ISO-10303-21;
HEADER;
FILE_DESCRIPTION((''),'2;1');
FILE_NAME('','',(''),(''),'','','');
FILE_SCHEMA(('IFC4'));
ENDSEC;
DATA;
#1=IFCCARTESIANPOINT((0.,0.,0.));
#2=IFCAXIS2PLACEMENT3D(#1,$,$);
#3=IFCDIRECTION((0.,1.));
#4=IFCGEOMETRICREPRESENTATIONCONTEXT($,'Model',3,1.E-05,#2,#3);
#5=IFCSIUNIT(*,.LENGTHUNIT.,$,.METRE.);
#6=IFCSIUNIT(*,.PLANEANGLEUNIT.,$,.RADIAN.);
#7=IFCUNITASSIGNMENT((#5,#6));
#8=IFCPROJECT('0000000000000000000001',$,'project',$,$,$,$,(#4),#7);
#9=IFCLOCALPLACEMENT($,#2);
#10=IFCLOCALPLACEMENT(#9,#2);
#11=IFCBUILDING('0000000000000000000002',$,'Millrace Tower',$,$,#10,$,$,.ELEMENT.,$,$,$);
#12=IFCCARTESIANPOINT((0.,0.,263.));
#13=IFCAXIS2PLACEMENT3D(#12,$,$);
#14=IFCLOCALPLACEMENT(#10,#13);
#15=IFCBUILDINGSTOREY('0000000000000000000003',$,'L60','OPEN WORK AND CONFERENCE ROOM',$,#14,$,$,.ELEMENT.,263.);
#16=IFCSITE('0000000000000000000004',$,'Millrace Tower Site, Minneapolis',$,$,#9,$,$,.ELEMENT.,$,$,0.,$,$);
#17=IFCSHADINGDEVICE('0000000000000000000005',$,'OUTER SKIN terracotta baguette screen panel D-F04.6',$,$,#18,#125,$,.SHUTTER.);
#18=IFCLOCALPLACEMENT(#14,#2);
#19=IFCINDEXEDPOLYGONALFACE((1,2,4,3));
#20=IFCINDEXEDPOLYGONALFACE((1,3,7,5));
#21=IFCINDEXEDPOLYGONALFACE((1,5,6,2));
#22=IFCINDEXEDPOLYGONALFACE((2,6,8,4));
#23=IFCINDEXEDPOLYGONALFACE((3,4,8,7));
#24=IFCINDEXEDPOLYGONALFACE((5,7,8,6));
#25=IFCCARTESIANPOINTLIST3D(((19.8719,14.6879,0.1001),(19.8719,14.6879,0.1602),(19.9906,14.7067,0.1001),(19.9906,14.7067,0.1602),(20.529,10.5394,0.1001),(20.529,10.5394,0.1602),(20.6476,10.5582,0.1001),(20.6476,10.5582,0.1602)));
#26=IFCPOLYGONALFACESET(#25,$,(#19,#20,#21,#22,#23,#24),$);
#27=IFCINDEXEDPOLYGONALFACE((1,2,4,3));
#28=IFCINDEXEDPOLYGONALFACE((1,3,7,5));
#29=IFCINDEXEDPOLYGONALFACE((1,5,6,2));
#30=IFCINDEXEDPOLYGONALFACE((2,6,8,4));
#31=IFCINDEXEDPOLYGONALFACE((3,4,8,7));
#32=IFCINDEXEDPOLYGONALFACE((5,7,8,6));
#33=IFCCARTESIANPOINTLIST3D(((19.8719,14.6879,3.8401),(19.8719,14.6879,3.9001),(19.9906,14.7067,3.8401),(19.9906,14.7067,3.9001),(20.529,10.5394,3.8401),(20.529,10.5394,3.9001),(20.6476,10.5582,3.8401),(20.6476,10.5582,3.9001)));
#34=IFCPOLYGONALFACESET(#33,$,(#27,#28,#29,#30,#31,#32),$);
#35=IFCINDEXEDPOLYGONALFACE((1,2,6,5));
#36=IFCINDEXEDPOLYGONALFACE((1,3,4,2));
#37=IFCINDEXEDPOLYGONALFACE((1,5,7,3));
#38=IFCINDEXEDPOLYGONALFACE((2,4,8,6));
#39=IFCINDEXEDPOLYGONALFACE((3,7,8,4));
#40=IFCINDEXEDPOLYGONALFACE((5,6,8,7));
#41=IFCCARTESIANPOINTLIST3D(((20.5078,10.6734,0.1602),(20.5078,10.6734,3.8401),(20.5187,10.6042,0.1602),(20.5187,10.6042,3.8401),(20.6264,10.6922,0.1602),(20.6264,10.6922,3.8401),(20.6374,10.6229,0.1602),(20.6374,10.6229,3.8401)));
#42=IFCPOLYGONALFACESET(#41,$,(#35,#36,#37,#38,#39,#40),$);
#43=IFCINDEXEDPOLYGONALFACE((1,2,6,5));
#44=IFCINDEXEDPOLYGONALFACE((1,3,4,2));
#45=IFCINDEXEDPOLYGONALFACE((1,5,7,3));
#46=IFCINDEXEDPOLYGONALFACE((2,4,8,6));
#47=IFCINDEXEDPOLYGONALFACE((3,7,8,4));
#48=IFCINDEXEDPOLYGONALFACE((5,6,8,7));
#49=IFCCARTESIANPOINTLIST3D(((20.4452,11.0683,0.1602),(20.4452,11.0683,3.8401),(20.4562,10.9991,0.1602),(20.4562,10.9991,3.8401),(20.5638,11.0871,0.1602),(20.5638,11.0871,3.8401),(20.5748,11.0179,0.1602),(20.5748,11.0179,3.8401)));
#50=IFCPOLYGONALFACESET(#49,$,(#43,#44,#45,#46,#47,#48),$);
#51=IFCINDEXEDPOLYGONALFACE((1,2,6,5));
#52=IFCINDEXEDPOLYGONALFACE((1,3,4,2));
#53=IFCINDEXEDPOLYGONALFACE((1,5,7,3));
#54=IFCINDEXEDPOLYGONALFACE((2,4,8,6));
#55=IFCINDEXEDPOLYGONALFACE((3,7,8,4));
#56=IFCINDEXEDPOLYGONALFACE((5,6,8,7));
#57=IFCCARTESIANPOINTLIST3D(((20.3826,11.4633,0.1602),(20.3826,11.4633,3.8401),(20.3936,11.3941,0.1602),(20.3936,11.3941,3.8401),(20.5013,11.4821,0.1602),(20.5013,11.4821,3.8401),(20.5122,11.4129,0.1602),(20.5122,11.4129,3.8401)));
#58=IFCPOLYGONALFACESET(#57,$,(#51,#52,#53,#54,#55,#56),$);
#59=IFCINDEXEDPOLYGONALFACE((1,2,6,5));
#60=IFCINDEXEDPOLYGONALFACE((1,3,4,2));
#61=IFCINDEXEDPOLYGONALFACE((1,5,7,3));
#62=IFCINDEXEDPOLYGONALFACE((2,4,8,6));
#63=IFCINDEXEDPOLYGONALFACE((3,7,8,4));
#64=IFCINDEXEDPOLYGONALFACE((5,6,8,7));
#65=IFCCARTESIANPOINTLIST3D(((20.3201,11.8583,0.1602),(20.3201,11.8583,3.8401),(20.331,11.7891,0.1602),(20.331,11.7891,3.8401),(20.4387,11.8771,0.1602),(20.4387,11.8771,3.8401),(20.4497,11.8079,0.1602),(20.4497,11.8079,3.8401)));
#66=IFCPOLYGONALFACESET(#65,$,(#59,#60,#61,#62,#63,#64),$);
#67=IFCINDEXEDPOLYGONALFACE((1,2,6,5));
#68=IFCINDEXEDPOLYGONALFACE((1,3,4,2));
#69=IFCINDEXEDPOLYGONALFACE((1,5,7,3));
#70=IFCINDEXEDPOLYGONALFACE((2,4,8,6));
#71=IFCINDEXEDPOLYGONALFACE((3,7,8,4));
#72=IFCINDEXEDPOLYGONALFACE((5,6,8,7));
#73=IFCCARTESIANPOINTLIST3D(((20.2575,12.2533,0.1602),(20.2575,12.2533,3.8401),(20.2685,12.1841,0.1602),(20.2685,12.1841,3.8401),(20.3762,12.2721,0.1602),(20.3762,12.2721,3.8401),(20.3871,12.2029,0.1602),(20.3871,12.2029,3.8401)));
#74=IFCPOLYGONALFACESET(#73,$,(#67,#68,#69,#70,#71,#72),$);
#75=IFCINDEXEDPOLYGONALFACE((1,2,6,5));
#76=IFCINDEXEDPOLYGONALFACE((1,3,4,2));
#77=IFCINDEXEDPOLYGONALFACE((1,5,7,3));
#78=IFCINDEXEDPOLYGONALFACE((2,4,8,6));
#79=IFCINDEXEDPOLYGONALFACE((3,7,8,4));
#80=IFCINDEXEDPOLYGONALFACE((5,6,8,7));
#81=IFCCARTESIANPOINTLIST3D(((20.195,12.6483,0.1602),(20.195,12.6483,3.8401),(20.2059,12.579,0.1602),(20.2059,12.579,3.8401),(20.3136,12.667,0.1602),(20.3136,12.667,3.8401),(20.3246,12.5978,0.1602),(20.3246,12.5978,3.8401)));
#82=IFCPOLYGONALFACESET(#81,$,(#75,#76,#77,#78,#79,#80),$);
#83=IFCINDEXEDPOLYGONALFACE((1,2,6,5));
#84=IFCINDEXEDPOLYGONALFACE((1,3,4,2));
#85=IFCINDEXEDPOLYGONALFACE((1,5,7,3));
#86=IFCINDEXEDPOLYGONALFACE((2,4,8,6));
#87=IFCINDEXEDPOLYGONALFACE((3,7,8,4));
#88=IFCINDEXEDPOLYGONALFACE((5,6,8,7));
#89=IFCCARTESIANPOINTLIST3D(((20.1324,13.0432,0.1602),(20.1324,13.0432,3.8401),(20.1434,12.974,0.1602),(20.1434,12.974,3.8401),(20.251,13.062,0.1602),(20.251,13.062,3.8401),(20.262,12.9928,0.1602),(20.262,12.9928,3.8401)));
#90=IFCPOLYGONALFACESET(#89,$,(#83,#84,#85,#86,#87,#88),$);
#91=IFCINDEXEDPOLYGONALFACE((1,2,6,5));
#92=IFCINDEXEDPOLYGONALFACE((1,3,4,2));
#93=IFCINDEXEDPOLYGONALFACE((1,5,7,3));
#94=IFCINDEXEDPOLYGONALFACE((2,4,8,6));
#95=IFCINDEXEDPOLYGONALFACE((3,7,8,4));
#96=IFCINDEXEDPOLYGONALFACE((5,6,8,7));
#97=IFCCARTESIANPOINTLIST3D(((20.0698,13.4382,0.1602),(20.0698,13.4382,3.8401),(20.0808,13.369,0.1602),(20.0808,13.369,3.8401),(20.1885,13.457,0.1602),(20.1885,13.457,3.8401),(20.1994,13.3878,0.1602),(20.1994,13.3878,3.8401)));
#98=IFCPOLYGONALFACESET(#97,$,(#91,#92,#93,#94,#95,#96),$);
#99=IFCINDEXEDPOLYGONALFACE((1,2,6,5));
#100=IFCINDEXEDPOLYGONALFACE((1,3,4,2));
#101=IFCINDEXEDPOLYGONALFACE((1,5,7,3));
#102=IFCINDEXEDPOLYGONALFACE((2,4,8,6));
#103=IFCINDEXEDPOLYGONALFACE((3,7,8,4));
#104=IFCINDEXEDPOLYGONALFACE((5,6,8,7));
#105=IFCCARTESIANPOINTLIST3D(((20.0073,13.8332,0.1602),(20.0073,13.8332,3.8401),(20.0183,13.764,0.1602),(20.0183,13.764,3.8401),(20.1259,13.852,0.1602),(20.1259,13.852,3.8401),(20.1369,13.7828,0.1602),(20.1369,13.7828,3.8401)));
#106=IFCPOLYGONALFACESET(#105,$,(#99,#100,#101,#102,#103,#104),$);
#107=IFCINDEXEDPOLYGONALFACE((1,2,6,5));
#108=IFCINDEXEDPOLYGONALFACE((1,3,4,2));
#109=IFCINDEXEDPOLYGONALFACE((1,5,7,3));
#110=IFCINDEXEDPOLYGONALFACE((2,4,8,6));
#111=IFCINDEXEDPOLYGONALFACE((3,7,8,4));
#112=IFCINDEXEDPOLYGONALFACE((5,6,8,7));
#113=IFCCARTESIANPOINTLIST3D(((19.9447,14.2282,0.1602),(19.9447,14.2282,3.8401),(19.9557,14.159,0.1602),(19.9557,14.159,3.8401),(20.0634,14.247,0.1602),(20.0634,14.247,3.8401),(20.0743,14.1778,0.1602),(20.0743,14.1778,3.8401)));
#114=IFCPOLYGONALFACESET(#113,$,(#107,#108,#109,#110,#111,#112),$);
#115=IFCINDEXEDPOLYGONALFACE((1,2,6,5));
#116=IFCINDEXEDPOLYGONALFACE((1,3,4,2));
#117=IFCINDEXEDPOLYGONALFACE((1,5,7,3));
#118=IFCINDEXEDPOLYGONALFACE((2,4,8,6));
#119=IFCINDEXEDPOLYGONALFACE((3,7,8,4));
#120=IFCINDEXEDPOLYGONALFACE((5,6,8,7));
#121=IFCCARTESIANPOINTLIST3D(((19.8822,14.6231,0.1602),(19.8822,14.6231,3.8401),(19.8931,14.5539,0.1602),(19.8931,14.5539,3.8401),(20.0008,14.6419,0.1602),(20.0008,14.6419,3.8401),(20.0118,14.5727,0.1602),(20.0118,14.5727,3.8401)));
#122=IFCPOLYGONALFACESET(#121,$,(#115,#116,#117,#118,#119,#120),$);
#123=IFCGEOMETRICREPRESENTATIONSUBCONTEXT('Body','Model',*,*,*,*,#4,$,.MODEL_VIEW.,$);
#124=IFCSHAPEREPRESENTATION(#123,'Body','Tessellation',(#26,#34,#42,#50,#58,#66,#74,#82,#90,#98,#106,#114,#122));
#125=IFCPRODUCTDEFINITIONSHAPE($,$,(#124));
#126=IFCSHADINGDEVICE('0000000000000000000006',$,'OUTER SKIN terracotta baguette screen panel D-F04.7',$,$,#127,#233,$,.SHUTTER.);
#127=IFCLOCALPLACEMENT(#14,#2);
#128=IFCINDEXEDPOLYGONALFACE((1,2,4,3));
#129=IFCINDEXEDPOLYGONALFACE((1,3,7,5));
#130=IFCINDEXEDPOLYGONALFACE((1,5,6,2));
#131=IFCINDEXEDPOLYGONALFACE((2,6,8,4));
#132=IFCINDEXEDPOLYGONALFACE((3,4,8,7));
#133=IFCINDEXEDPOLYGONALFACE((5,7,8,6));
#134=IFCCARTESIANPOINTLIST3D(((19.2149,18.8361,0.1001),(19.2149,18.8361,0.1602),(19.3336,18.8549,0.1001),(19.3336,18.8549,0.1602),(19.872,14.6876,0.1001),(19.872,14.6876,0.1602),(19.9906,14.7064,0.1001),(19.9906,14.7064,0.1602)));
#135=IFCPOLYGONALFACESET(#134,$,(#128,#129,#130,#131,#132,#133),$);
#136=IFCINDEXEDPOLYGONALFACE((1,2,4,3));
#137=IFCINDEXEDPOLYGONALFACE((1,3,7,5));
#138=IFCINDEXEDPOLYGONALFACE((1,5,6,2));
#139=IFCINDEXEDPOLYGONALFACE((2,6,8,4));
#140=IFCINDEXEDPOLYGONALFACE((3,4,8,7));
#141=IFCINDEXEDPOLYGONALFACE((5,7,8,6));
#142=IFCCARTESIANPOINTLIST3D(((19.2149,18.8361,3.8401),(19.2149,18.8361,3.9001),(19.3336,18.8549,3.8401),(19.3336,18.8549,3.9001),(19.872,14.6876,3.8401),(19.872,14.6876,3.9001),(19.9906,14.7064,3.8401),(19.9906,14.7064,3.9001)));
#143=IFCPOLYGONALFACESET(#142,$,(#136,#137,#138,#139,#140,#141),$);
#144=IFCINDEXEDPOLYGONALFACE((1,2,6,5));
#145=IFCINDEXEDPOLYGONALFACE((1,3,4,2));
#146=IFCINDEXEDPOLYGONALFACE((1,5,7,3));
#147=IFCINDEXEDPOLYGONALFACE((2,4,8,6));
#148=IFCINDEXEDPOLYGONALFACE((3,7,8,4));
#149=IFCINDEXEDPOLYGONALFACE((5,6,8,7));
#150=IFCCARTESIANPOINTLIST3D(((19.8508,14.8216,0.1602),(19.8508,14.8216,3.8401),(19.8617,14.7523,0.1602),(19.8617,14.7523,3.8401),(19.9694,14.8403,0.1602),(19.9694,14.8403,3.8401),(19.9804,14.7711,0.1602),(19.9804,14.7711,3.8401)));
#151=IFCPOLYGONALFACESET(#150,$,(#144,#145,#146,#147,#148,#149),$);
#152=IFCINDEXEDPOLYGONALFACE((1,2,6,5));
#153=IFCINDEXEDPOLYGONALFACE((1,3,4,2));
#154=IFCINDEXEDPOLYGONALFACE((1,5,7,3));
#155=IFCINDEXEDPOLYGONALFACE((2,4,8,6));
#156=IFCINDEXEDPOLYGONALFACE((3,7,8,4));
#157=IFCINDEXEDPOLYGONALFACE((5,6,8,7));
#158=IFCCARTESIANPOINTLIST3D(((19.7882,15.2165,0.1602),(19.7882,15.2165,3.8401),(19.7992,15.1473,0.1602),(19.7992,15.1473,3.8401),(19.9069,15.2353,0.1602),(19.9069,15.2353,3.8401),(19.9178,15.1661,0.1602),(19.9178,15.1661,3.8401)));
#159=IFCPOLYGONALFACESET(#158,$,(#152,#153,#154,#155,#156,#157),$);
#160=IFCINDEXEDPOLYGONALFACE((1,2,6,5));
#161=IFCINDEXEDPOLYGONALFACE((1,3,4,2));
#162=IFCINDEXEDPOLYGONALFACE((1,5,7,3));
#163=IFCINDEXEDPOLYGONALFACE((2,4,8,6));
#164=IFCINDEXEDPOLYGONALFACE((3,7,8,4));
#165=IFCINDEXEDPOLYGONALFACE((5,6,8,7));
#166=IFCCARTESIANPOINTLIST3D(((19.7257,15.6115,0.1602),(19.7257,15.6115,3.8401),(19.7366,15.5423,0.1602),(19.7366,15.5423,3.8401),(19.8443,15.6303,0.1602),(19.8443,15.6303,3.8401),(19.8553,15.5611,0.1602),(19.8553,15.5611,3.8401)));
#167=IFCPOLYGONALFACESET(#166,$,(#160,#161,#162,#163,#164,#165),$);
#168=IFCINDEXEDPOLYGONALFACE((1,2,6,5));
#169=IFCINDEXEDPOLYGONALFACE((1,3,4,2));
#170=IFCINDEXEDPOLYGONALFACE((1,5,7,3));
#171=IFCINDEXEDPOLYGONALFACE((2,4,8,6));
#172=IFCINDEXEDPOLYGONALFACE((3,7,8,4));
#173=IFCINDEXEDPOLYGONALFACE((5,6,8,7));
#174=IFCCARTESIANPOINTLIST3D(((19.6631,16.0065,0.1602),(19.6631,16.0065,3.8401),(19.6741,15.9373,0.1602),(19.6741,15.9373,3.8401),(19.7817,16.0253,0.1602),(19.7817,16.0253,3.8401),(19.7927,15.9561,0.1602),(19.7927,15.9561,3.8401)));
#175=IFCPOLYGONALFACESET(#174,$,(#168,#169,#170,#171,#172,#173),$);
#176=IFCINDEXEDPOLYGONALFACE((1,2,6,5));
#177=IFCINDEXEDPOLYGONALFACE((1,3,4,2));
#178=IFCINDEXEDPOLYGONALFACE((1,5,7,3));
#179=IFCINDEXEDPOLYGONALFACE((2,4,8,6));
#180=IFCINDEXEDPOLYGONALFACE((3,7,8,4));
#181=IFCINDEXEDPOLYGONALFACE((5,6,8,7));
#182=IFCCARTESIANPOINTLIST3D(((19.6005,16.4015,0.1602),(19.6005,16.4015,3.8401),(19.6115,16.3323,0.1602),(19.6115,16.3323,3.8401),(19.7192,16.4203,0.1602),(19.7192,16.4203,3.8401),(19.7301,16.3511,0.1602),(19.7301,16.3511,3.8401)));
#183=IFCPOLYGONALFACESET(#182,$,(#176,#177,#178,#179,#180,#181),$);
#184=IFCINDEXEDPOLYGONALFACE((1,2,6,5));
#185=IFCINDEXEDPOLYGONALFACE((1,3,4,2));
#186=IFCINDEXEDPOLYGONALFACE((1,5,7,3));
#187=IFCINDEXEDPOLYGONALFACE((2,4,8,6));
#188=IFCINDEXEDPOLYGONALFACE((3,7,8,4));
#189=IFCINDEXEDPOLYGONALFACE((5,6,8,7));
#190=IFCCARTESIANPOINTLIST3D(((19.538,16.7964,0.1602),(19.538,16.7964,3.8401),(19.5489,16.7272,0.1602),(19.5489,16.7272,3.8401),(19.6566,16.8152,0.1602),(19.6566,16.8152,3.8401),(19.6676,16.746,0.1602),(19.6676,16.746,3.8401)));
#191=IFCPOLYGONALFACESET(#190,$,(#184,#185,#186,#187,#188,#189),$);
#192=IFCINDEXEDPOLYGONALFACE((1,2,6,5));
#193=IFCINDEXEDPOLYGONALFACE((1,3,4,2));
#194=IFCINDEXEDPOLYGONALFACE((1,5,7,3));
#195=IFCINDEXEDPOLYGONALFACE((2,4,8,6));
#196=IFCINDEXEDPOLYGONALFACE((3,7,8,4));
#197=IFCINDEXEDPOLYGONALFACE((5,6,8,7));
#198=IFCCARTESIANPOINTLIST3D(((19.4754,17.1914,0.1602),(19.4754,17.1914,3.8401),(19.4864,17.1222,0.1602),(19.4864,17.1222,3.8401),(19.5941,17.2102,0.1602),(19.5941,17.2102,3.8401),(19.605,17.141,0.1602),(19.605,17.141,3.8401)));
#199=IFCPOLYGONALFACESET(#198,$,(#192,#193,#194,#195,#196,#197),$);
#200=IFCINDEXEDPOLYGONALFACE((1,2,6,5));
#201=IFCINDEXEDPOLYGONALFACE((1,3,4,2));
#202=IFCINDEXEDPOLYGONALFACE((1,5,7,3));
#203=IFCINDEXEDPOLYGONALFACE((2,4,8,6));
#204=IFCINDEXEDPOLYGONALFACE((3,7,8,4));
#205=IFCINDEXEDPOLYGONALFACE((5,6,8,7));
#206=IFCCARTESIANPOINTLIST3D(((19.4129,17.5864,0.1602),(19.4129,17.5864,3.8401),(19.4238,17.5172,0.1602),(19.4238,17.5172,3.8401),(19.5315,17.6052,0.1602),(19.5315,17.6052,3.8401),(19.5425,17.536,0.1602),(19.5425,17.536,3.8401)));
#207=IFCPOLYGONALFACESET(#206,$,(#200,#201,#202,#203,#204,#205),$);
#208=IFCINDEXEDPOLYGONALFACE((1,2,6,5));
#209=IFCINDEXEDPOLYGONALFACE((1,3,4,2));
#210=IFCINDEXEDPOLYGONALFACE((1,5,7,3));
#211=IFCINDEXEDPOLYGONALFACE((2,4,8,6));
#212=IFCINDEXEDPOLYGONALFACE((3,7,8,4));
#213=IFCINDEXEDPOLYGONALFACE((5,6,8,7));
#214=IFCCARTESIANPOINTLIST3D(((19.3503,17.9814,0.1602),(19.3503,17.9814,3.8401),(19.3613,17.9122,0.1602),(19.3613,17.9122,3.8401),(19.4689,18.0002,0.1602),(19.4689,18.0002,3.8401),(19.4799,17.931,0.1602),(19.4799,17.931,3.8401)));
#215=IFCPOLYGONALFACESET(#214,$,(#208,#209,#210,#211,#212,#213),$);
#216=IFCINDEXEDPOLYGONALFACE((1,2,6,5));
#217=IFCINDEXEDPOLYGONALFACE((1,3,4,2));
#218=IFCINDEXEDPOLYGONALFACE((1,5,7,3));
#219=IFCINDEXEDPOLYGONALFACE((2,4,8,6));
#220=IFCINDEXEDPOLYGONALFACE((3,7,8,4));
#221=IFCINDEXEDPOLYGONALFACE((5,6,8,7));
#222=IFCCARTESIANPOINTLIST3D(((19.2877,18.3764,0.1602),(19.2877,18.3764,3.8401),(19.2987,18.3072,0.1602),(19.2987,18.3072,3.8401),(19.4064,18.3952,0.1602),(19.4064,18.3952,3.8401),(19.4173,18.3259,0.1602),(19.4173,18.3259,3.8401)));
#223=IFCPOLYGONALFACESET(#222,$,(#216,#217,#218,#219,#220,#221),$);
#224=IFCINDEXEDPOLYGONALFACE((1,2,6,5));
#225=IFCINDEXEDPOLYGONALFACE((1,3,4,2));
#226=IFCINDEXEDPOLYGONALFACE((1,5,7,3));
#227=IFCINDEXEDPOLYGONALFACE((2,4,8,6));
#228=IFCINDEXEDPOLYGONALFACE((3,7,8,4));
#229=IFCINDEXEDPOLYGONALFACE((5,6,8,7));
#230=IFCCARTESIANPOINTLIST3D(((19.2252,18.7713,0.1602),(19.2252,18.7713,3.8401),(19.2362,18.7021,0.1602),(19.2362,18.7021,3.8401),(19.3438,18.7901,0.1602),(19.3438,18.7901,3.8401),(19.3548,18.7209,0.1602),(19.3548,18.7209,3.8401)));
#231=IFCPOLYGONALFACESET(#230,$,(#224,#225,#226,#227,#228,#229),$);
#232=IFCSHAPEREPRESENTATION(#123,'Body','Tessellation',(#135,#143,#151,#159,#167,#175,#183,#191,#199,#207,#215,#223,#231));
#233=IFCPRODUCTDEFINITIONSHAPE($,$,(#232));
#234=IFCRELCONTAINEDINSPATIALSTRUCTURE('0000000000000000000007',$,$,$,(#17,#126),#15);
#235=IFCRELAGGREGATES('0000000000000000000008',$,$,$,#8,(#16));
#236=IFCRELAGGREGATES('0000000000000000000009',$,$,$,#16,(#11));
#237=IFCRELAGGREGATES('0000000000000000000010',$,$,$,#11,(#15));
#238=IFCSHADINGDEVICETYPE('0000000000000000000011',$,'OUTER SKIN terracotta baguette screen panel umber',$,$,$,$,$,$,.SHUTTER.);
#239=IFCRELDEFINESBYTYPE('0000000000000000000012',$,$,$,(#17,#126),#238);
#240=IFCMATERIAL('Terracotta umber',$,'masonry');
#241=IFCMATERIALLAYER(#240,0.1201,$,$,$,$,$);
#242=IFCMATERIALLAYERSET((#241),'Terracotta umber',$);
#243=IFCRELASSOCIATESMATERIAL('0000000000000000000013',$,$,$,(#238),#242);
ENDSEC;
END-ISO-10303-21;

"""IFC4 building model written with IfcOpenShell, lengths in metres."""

from ifc_helpers import new_model, entity, si_unit, direction, frame, frame_2d, origin, origin_2d, place, context, subcontext, project, spatial, rectangle, extrude, source, transform, mapped, material, layer, layer_set, type_object, element, save


model = new_model("IFC4")

# Units and contexts
model_context = context("Model", 3, precision=1e-05, world=origin(), true_north=direction((0.0, 1.0)))
body_context = subcontext(model_context, "Body", "Model", "MODEL_VIEW")
ifc_project = project(units=[si_unit("LENGTHUNIT", "METRE"), si_unit("PLANEANGLEUNIT", "RADIAN")], contexts=[model_context])

# Site, building, storey
site_placement = place(None, origin())
site = spatial("IfcSite", under=ifc_project, at=site_placement, Name="Millrace Tower Site, Minneapolis", CompositionType="ELEMENT", RefElevation=0.0)
building_placement = place(site_placement, origin())
building = spatial("IfcBuilding", under=site, at=building_placement, Name="Millrace Tower", CompositionType="ELEMENT")
storey_placement = place(building_placement, frame((0.0, 0.0, 263.0)))
storey = spatial("IfcBuildingStorey", under=building, at=storey_placement, Name="L60", Description="OPEN WORK AND CONFERENCE ROOM", CompositionType="ELEMENT", Elevation=263.0)

# Shading devices
ifc_material_1 = material(Name="Terracotta umber", Category="masonry")
ifc_layer_1 = layer(ifc_material_1, 0.1201)
ifc_layer_set_1 = layer_set([ifc_layer_1], Name="Terracotta umber")
shading_device_type = type_object("IfcShadingDeviceType", Name="OUTER SKIN terracotta baguette screen panel umber", PredefinedType="SHUTTER", material=ifc_layer_set_1)
cartesian_point_1 = entity("IfcCartesianPoint", [-2.1001, 0.0601])
shared_polyline_1 = entity("IfcPolyline", [cartesian_point_1, entity("IfcCartesianPoint", [2.1001, 0.0601]), entity("IfcCartesianPoint", [2.1001, -0.0601]), entity("IfcCartesianPoint", [-2.1001, -0.0601]), cartesian_point_1])
shared_shape_1 = source(origin(), body_context, "Body", "SweptSolid", [
    entity("IfcExtrudedAreaSolid", entity("IfcArbitraryClosedProfileDef", "AREA", None, shared_polyline_1), entity("IfcAxis2Placement3D", entity("IfcCartesianPoint", [0.0, 0.0, 0.0])), entity("IfcDirection", [0.0, 0.0, 1.0]), 0.0601),
    entity("IfcExtrudedAreaSolid", entity("IfcArbitraryClosedProfileDef", "AREA", None, shared_polyline_1), entity("IfcAxis2Placement3D", entity("IfcCartesianPoint", [0.0, 0.0, 3.74])), entity("IfcDirection", [0.0, 0.0, 1.0]), 0.0601),
    extrude(rectangle(XDim=0.0701, YDim=0.1201, at=frame_2d((-1.9995, 0.0))), frame((0.0, 0.0, 0.0601)), (0.0, 0.0, 1.0), 3.6799),
    extrude(rectangle(XDim=0.0701, YDim=0.1201, at=frame_2d((-1.5996, 0.0))), frame((0.0, 0.0, 0.0601)), (0.0, 0.0, 1.0), 3.6799),
    extrude(rectangle(XDim=0.0701, YDim=0.1201, at=frame_2d((-1.1997, 0.0))), frame((0.0, 0.0, 0.0601)), (0.0, 0.0, 1.0), 3.6799),
    extrude(rectangle(XDim=0.0701, YDim=0.1201, at=frame_2d((-0.7998, 0.0))), frame((0.0, 0.0, 0.0601)), (0.0, 0.0, 1.0), 3.6799),
    extrude(rectangle(XDim=0.0701, YDim=0.1201, at=frame_2d((-0.3999, 0.0))), frame((0.0, 0.0, 0.0601)), (0.0, 0.0, 1.0), 3.6799),
    extrude(rectangle(XDim=0.0701, YDim=0.1201, at=origin_2d()), frame((0.0, 0.0, 0.0601)), (0.0, 0.0, 1.0), 3.6799),
    extrude(rectangle(XDim=0.0701, YDim=0.1201, at=frame_2d((0.3999, 0.0))), frame((0.0, 0.0, 0.0601)), (0.0, 0.0, 1.0), 3.6799),
    extrude(rectangle(XDim=0.0701, YDim=0.1201, at=frame_2d((0.7998, 0.0))), frame((0.0, 0.0, 0.0601)), (0.0, 0.0, 1.0), 3.6799),
    extrude(rectangle(XDim=0.0701, YDim=0.1201, at=frame_2d((1.1997, 0.0))), frame((0.0, 0.0, 0.0601)), (0.0, 0.0, 1.0), 3.6799),
    extrude(rectangle(XDim=0.0701, YDim=0.1201, at=frame_2d((1.5996, 0.0))), frame((0.0, 0.0, 0.0601)), (0.0, 0.0, 1.0), 3.6799),
    extrude(rectangle(XDim=0.0701, YDim=0.1201, at=frame_2d((1.9995, 0.0))), frame((0.0, 0.0, 0.0601)), (0.0, 0.0, 1.0), 3.6799),
])
for number, where, z_axis, x_axis, name in (
    (1, (20.2598, 12.623, 0.1001), (0.0, 0.0, 1.0), (-0.156434, 0.987688, 0.0), "OUTER SKIN terracotta baguette screen panel D-F04.6"),
    (2, (19.6028, 16.7712, 0.1001), (0.0, 0.0, 1.0), (-0.156434, 0.987688, 0.0), "OUTER SKIN terracotta baguette screen panel D-F04.7"),
):
    element("IfcShadingDevice", number, at=place(storey_placement, frame(where, z_axis=z_axis, x_axis=x_axis)), inside=storey, type_object=shading_device_type, Name=name, PredefinedType="SHUTTER", context=body_context, shape_type="MappedRepresentation", body=[
        mapped(shared_shape_1, transform((0.0, 0.0, 0.0), scale=1.0)),
    ])

save(model, "model.ifc")
